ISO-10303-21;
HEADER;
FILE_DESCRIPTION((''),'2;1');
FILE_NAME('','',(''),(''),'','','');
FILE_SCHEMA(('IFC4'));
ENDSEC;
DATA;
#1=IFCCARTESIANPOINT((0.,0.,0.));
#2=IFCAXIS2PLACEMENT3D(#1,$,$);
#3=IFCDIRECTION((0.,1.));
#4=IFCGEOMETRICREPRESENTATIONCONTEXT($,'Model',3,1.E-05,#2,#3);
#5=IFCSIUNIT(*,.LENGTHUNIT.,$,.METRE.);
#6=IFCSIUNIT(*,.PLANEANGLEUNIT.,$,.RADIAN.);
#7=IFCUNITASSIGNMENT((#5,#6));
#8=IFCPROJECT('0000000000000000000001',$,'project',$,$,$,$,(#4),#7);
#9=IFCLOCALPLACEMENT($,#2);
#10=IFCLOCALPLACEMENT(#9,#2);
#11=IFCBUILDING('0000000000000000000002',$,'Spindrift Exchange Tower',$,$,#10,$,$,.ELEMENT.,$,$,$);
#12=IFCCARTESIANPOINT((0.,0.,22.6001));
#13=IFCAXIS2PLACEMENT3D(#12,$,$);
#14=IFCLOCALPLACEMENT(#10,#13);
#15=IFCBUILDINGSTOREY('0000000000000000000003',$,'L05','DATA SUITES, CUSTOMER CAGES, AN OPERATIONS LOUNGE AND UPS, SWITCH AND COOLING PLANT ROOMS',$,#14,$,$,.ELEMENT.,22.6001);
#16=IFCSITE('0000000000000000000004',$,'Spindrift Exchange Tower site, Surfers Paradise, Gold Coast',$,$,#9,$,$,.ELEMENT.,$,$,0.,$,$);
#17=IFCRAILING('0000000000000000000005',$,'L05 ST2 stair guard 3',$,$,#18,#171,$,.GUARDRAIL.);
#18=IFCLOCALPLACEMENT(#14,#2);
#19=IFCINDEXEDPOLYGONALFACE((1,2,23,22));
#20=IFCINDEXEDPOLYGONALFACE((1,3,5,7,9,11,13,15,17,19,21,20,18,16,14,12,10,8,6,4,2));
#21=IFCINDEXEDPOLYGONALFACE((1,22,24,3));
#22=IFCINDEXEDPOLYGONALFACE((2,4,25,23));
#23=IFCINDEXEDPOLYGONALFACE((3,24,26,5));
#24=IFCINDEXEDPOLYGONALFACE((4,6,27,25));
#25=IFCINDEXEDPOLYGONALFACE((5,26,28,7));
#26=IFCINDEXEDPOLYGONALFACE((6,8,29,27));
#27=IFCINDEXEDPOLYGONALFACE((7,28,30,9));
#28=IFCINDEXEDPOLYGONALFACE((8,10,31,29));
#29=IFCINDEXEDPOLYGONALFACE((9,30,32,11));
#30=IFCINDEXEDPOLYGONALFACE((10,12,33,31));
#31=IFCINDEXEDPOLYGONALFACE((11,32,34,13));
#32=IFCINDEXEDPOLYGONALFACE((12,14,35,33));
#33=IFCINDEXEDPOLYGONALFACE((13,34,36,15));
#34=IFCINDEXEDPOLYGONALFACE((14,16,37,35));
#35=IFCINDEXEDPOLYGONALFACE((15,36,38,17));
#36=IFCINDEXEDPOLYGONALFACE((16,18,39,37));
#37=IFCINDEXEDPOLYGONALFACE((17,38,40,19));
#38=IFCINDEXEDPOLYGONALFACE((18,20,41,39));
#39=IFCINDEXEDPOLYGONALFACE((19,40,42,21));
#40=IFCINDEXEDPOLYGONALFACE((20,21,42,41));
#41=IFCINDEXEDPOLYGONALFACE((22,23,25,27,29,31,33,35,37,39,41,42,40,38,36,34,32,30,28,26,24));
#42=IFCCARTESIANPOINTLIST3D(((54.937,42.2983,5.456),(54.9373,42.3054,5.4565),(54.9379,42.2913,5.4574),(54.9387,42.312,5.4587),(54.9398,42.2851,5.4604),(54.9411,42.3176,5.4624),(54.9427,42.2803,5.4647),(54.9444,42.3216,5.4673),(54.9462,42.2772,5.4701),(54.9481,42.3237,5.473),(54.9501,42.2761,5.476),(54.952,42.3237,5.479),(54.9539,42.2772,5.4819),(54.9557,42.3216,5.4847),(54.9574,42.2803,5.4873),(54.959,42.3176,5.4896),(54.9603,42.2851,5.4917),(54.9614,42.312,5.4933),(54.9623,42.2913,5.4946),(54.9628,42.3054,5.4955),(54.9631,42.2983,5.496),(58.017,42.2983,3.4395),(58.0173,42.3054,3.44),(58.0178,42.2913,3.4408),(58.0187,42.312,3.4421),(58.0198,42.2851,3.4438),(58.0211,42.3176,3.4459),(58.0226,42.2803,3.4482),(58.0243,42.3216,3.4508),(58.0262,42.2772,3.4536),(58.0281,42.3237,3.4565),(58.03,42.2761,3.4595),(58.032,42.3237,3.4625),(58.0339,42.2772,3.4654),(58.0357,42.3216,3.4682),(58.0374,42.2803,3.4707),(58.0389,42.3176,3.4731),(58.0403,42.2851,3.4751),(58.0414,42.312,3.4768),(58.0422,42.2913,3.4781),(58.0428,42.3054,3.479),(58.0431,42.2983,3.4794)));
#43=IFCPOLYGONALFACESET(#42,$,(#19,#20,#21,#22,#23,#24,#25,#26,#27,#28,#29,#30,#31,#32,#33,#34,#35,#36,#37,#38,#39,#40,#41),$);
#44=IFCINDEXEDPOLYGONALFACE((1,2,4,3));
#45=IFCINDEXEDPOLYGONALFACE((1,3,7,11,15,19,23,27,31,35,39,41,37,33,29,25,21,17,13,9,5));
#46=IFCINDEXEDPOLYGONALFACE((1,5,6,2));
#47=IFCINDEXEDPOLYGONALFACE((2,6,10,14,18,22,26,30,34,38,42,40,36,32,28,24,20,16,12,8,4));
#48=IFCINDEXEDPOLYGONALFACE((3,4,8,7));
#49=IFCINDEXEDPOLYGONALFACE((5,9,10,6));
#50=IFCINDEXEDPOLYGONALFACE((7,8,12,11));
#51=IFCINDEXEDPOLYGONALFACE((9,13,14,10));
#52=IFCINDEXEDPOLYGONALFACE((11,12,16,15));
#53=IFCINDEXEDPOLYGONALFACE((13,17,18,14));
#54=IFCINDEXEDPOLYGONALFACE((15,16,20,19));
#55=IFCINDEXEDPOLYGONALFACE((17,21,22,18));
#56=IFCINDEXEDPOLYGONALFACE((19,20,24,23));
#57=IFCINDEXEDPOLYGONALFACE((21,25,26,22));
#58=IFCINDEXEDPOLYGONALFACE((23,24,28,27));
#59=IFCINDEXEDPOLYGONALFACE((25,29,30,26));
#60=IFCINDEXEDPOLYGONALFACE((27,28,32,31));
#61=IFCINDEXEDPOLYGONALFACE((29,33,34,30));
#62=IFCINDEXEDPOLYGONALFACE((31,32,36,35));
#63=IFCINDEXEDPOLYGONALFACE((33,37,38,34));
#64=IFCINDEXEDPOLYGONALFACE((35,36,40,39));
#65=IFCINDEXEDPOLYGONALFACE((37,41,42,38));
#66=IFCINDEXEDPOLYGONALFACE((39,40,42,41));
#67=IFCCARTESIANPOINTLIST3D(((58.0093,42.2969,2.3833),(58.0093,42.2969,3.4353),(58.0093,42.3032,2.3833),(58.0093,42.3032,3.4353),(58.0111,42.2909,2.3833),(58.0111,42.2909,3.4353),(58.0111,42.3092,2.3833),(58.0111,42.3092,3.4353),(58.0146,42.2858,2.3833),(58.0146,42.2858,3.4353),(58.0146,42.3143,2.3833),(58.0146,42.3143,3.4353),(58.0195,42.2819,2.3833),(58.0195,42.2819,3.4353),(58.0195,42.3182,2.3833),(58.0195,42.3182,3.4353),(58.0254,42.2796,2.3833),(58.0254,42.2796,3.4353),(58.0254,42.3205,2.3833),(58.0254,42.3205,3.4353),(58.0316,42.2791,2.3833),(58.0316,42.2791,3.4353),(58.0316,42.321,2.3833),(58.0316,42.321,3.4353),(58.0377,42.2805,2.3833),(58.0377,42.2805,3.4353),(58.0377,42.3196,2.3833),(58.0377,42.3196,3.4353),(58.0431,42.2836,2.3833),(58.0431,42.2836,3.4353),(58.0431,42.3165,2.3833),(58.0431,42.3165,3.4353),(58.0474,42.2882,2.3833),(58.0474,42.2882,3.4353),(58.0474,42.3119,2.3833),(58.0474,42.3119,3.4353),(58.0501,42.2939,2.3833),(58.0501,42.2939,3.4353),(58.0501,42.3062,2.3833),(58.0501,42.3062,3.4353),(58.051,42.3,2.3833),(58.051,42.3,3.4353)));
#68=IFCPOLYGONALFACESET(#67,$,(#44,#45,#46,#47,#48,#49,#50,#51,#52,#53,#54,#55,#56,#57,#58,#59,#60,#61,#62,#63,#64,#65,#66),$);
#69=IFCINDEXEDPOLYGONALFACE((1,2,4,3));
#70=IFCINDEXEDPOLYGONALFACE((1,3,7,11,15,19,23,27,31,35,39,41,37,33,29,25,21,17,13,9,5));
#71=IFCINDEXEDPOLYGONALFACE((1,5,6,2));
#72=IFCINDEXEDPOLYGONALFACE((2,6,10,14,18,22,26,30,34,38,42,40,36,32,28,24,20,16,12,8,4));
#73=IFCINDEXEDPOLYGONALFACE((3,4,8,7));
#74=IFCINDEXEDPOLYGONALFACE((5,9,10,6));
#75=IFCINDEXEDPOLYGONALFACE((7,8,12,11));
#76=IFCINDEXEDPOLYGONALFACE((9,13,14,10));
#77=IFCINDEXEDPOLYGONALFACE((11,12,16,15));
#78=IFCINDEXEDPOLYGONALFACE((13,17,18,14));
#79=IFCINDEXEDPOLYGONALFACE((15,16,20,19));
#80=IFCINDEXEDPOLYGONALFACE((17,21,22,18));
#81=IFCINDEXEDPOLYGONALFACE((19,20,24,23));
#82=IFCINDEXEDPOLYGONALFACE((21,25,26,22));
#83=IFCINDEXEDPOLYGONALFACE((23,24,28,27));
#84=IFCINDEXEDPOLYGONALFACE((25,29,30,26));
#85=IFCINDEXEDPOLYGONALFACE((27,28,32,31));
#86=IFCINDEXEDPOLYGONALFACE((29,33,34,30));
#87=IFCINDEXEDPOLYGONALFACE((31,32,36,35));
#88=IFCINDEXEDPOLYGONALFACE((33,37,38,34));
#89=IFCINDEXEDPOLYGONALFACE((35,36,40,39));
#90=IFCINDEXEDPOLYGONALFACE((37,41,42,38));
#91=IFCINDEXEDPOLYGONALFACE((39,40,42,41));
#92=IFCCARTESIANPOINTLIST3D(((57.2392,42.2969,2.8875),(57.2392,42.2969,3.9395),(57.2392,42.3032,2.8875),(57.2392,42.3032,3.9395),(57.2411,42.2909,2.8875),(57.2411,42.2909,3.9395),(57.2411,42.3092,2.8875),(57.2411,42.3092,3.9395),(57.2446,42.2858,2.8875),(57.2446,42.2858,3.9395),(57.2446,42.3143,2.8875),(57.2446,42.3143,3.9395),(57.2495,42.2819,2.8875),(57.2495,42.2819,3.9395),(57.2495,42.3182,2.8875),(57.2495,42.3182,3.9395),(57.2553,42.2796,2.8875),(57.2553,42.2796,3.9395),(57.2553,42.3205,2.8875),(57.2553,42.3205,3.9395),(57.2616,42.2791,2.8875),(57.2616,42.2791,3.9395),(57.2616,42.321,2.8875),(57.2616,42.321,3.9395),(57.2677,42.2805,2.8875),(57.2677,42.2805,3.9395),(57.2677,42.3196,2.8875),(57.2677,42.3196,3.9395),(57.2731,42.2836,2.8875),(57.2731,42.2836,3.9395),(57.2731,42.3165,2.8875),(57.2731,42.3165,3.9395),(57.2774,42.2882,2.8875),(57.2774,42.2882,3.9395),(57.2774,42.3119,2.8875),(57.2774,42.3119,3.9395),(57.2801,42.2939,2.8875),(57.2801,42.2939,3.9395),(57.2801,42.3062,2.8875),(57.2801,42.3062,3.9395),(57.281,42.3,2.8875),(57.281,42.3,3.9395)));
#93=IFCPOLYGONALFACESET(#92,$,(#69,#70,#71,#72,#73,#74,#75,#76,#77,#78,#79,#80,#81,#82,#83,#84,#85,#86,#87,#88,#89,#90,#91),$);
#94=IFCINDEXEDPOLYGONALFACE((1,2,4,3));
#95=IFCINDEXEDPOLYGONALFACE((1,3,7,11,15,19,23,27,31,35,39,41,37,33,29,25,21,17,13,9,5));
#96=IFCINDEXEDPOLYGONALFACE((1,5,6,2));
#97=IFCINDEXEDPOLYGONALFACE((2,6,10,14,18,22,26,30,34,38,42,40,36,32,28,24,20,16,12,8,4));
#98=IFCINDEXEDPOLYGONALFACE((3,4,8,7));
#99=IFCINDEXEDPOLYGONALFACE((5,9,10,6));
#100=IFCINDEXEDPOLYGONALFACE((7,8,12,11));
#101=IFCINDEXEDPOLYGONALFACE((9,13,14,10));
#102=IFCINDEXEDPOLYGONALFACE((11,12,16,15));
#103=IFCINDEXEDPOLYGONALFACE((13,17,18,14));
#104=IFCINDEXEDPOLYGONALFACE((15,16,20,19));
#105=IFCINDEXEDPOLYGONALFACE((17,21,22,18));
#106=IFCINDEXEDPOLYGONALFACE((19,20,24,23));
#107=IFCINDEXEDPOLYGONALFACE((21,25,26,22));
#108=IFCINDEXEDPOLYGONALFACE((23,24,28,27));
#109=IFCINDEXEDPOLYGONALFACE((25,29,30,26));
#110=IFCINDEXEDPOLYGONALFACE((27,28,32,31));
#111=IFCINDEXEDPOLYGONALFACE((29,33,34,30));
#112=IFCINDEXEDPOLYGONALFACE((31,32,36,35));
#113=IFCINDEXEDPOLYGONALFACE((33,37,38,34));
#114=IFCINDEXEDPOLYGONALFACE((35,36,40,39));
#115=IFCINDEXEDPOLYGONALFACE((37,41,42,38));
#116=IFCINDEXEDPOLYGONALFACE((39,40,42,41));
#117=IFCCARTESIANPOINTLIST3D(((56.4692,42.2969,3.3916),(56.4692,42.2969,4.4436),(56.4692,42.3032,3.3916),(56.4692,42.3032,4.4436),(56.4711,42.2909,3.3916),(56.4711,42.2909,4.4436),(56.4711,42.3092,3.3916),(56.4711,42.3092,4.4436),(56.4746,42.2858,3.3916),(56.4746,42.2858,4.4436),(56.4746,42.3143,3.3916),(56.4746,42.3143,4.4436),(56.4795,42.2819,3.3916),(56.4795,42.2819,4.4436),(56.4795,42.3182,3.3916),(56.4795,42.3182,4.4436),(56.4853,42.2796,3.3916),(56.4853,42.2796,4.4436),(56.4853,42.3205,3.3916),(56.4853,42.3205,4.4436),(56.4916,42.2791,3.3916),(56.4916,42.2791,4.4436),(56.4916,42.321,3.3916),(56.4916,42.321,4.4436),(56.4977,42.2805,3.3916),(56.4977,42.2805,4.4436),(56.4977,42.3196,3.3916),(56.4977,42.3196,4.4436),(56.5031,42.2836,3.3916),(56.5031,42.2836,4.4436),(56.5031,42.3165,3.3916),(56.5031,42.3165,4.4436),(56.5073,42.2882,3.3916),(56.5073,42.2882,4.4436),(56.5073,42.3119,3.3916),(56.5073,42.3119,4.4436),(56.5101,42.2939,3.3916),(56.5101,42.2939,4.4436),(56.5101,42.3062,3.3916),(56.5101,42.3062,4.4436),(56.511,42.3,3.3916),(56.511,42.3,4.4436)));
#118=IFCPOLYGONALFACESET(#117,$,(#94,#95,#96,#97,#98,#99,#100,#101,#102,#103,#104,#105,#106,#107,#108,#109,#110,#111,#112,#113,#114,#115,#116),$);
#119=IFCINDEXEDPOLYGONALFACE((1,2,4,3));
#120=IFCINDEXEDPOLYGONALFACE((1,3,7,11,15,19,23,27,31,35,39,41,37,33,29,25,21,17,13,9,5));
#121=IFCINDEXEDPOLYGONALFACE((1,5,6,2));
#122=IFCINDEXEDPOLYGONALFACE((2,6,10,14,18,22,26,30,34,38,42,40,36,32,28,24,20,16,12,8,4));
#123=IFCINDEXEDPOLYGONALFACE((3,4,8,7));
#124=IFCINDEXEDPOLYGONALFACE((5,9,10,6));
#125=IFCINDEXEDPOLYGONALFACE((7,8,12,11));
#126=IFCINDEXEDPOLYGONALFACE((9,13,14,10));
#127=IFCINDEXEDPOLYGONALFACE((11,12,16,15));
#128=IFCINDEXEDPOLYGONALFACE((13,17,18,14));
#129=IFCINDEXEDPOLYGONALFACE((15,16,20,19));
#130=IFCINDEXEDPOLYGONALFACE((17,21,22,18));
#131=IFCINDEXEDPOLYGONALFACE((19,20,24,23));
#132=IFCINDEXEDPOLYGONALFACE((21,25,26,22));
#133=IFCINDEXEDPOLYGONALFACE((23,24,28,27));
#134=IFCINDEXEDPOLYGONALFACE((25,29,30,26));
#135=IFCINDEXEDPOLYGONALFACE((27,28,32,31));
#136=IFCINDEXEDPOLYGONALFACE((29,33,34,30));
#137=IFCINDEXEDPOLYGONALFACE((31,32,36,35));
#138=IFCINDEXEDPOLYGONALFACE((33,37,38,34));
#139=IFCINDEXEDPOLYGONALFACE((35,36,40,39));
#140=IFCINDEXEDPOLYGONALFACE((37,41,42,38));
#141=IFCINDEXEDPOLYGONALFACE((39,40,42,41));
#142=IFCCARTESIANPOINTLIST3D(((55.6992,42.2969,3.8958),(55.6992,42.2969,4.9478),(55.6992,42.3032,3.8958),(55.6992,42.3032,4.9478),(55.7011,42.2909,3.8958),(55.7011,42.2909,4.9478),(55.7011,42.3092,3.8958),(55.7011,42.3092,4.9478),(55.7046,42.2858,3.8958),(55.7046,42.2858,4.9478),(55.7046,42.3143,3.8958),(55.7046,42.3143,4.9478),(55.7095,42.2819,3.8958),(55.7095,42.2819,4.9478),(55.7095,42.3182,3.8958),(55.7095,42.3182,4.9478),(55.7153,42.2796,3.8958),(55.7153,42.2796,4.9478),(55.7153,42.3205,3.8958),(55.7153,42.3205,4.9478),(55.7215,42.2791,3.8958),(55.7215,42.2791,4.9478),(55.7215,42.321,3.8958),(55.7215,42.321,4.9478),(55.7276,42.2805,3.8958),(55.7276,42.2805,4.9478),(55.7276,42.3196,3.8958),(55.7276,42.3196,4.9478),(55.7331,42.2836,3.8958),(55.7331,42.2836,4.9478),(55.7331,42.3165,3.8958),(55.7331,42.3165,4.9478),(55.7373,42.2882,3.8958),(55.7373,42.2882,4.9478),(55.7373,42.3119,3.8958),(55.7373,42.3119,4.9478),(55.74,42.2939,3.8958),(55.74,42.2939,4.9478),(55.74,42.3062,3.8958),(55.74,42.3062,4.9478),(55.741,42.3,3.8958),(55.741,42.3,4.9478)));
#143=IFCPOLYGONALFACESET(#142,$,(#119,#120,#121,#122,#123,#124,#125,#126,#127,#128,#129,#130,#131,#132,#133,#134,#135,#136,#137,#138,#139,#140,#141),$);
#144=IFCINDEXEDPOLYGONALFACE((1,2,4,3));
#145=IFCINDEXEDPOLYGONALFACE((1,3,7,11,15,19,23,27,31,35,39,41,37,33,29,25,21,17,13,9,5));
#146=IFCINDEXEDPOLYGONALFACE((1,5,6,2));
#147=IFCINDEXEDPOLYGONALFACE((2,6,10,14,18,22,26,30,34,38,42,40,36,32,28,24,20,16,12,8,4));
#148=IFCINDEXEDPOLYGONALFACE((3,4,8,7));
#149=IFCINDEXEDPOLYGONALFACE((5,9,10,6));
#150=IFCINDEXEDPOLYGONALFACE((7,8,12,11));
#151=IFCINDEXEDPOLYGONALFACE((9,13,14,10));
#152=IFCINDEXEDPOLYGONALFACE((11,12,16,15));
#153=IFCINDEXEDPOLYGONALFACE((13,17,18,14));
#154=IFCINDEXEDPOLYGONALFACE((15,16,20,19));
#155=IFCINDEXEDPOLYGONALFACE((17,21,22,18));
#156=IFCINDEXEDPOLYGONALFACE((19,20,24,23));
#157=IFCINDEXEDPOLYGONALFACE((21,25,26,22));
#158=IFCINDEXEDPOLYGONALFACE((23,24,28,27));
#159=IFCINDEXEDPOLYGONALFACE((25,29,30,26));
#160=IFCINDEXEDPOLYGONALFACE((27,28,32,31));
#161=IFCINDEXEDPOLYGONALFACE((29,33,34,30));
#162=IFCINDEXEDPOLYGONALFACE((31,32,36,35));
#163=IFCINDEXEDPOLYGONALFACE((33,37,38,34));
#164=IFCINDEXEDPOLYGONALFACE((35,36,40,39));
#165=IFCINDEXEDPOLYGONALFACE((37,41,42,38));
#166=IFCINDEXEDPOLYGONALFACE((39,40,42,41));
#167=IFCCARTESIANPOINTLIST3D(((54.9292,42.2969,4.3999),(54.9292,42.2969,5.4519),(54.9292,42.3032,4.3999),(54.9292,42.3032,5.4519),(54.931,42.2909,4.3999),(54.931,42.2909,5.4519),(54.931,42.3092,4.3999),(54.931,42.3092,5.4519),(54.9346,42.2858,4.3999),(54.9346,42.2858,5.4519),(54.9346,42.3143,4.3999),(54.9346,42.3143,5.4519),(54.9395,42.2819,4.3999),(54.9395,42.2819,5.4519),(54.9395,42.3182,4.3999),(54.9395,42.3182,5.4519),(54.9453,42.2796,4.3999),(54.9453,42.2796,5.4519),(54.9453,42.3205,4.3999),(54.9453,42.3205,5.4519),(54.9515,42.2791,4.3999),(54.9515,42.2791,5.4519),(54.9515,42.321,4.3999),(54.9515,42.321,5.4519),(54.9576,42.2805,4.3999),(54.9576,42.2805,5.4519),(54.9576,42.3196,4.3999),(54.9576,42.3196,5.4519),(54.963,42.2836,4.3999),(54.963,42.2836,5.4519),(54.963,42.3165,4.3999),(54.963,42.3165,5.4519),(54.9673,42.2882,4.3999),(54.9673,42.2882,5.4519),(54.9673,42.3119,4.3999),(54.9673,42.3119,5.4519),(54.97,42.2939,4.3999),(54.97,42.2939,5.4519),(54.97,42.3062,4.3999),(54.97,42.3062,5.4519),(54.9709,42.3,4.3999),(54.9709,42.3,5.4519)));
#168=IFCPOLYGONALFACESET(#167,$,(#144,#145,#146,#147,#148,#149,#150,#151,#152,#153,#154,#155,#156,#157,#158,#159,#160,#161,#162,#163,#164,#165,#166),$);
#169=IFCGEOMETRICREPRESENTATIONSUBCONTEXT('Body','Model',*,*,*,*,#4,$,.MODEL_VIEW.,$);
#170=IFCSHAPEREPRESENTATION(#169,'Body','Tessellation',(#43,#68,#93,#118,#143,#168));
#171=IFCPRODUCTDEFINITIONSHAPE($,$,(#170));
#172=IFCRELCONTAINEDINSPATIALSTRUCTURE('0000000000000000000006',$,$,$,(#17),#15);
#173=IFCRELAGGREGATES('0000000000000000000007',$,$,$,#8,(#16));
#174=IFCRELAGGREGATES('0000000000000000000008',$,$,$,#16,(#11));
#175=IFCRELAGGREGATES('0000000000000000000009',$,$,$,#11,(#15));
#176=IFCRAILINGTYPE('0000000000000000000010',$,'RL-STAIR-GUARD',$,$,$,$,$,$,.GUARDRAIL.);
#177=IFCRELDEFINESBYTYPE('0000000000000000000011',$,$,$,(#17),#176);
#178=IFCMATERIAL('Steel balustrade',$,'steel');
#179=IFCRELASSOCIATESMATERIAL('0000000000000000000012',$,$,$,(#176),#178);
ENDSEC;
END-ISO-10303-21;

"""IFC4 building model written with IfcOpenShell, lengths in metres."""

from ifc_helpers import new_model, si_unit, direction, frame, origin, origin_2d, place, context, subcontext, project, spatial, circle, extrude, material, type_object, element, save


model = new_model("IFC4")

# Units and contexts
model_context = context("Model", 3, precision=1e-05, world=origin(), true_north=direction((0.0, 1.0)))
body_context = subcontext(model_context, "Body", "Model", "MODEL_VIEW")
ifc_project = project(units=[si_unit("LENGTHUNIT", "METRE"), si_unit("PLANEANGLEUNIT", "RADIAN")], contexts=[model_context])

# Site, building, storey
site_placement = place(None, origin())
site = spatial("IfcSite", under=ifc_project, at=site_placement, Name="Spindrift Exchange Tower site, Surfers Paradise, Gold Coast", CompositionType="ELEMENT", RefElevation=0.0)
building_placement = place(site_placement, origin())
building = spatial("IfcBuilding", under=site, at=building_placement, Name="Spindrift Exchange Tower", CompositionType="ELEMENT")
storey_placement = place(building_placement, frame((0.0, 0.0, 22.6001)))
storey = spatial("IfcBuildingStorey", under=building, at=storey_placement, Name="L05", Description="DATA SUITES, CUSTOMER CAGES, AN OPERATIONS LOUNGE AND UPS, SWITCH AND COOLING PLANT ROOMS", CompositionType="ELEMENT", Elevation=22.6001)

# Railing
ifc_material_1 = material(Name="Steel balustrade", Category="steel")
railing_type_1 = type_object("IfcRailingType", Name="RL-STAIR-GUARD", PredefinedType="GUARDRAIL", material=ifc_material_1)
railing_1_placement = place(storey_placement, frame((58.03, 42.3, 2.3833)))
element("IfcRailing", 1, at=railing_1_placement, inside=storey, type_object=railing_type_1, Name="L05 ST2 stair guard 3", PredefinedType="GUARDRAIL", context=body_context, shape_type="SweptSolid", body=[
    extrude(circle(Radius=0.0239, at=origin_2d()), frame((0.0, 0.0, 1.0762), z_axis=(-0.836633, 0.0, 0.547764), x_axis=(0.0, -1.0, 0.0)), (0.0, 0.0, 1.0), 3.6814),
    extrude(circle(Radius=0.021, at=origin_2d()), origin(), (0.0, 0.0, 1.0), 1.052),
    extrude(circle(Radius=0.021, at=origin_2d()), frame((-0.77, 0.0, 0.5042)), (0.0, 0.0, 1.0), 1.052),
    extrude(circle(Radius=0.021, at=origin_2d()), frame((-1.54, 0.0, 1.0083)), (0.0, 0.0, 1.0), 1.052),
    extrude(circle(Radius=0.021, at=origin_2d()), frame((-2.3101, 0.0, 1.5125)), (0.0, 0.0, 1.0), 1.052),
    extrude(circle(Radius=0.021, at=origin_2d()), frame((-3.0801, 0.0, 2.0166)), (0.0, 0.0, 1.0), 1.052),
])

save(model, "model.ifc")
